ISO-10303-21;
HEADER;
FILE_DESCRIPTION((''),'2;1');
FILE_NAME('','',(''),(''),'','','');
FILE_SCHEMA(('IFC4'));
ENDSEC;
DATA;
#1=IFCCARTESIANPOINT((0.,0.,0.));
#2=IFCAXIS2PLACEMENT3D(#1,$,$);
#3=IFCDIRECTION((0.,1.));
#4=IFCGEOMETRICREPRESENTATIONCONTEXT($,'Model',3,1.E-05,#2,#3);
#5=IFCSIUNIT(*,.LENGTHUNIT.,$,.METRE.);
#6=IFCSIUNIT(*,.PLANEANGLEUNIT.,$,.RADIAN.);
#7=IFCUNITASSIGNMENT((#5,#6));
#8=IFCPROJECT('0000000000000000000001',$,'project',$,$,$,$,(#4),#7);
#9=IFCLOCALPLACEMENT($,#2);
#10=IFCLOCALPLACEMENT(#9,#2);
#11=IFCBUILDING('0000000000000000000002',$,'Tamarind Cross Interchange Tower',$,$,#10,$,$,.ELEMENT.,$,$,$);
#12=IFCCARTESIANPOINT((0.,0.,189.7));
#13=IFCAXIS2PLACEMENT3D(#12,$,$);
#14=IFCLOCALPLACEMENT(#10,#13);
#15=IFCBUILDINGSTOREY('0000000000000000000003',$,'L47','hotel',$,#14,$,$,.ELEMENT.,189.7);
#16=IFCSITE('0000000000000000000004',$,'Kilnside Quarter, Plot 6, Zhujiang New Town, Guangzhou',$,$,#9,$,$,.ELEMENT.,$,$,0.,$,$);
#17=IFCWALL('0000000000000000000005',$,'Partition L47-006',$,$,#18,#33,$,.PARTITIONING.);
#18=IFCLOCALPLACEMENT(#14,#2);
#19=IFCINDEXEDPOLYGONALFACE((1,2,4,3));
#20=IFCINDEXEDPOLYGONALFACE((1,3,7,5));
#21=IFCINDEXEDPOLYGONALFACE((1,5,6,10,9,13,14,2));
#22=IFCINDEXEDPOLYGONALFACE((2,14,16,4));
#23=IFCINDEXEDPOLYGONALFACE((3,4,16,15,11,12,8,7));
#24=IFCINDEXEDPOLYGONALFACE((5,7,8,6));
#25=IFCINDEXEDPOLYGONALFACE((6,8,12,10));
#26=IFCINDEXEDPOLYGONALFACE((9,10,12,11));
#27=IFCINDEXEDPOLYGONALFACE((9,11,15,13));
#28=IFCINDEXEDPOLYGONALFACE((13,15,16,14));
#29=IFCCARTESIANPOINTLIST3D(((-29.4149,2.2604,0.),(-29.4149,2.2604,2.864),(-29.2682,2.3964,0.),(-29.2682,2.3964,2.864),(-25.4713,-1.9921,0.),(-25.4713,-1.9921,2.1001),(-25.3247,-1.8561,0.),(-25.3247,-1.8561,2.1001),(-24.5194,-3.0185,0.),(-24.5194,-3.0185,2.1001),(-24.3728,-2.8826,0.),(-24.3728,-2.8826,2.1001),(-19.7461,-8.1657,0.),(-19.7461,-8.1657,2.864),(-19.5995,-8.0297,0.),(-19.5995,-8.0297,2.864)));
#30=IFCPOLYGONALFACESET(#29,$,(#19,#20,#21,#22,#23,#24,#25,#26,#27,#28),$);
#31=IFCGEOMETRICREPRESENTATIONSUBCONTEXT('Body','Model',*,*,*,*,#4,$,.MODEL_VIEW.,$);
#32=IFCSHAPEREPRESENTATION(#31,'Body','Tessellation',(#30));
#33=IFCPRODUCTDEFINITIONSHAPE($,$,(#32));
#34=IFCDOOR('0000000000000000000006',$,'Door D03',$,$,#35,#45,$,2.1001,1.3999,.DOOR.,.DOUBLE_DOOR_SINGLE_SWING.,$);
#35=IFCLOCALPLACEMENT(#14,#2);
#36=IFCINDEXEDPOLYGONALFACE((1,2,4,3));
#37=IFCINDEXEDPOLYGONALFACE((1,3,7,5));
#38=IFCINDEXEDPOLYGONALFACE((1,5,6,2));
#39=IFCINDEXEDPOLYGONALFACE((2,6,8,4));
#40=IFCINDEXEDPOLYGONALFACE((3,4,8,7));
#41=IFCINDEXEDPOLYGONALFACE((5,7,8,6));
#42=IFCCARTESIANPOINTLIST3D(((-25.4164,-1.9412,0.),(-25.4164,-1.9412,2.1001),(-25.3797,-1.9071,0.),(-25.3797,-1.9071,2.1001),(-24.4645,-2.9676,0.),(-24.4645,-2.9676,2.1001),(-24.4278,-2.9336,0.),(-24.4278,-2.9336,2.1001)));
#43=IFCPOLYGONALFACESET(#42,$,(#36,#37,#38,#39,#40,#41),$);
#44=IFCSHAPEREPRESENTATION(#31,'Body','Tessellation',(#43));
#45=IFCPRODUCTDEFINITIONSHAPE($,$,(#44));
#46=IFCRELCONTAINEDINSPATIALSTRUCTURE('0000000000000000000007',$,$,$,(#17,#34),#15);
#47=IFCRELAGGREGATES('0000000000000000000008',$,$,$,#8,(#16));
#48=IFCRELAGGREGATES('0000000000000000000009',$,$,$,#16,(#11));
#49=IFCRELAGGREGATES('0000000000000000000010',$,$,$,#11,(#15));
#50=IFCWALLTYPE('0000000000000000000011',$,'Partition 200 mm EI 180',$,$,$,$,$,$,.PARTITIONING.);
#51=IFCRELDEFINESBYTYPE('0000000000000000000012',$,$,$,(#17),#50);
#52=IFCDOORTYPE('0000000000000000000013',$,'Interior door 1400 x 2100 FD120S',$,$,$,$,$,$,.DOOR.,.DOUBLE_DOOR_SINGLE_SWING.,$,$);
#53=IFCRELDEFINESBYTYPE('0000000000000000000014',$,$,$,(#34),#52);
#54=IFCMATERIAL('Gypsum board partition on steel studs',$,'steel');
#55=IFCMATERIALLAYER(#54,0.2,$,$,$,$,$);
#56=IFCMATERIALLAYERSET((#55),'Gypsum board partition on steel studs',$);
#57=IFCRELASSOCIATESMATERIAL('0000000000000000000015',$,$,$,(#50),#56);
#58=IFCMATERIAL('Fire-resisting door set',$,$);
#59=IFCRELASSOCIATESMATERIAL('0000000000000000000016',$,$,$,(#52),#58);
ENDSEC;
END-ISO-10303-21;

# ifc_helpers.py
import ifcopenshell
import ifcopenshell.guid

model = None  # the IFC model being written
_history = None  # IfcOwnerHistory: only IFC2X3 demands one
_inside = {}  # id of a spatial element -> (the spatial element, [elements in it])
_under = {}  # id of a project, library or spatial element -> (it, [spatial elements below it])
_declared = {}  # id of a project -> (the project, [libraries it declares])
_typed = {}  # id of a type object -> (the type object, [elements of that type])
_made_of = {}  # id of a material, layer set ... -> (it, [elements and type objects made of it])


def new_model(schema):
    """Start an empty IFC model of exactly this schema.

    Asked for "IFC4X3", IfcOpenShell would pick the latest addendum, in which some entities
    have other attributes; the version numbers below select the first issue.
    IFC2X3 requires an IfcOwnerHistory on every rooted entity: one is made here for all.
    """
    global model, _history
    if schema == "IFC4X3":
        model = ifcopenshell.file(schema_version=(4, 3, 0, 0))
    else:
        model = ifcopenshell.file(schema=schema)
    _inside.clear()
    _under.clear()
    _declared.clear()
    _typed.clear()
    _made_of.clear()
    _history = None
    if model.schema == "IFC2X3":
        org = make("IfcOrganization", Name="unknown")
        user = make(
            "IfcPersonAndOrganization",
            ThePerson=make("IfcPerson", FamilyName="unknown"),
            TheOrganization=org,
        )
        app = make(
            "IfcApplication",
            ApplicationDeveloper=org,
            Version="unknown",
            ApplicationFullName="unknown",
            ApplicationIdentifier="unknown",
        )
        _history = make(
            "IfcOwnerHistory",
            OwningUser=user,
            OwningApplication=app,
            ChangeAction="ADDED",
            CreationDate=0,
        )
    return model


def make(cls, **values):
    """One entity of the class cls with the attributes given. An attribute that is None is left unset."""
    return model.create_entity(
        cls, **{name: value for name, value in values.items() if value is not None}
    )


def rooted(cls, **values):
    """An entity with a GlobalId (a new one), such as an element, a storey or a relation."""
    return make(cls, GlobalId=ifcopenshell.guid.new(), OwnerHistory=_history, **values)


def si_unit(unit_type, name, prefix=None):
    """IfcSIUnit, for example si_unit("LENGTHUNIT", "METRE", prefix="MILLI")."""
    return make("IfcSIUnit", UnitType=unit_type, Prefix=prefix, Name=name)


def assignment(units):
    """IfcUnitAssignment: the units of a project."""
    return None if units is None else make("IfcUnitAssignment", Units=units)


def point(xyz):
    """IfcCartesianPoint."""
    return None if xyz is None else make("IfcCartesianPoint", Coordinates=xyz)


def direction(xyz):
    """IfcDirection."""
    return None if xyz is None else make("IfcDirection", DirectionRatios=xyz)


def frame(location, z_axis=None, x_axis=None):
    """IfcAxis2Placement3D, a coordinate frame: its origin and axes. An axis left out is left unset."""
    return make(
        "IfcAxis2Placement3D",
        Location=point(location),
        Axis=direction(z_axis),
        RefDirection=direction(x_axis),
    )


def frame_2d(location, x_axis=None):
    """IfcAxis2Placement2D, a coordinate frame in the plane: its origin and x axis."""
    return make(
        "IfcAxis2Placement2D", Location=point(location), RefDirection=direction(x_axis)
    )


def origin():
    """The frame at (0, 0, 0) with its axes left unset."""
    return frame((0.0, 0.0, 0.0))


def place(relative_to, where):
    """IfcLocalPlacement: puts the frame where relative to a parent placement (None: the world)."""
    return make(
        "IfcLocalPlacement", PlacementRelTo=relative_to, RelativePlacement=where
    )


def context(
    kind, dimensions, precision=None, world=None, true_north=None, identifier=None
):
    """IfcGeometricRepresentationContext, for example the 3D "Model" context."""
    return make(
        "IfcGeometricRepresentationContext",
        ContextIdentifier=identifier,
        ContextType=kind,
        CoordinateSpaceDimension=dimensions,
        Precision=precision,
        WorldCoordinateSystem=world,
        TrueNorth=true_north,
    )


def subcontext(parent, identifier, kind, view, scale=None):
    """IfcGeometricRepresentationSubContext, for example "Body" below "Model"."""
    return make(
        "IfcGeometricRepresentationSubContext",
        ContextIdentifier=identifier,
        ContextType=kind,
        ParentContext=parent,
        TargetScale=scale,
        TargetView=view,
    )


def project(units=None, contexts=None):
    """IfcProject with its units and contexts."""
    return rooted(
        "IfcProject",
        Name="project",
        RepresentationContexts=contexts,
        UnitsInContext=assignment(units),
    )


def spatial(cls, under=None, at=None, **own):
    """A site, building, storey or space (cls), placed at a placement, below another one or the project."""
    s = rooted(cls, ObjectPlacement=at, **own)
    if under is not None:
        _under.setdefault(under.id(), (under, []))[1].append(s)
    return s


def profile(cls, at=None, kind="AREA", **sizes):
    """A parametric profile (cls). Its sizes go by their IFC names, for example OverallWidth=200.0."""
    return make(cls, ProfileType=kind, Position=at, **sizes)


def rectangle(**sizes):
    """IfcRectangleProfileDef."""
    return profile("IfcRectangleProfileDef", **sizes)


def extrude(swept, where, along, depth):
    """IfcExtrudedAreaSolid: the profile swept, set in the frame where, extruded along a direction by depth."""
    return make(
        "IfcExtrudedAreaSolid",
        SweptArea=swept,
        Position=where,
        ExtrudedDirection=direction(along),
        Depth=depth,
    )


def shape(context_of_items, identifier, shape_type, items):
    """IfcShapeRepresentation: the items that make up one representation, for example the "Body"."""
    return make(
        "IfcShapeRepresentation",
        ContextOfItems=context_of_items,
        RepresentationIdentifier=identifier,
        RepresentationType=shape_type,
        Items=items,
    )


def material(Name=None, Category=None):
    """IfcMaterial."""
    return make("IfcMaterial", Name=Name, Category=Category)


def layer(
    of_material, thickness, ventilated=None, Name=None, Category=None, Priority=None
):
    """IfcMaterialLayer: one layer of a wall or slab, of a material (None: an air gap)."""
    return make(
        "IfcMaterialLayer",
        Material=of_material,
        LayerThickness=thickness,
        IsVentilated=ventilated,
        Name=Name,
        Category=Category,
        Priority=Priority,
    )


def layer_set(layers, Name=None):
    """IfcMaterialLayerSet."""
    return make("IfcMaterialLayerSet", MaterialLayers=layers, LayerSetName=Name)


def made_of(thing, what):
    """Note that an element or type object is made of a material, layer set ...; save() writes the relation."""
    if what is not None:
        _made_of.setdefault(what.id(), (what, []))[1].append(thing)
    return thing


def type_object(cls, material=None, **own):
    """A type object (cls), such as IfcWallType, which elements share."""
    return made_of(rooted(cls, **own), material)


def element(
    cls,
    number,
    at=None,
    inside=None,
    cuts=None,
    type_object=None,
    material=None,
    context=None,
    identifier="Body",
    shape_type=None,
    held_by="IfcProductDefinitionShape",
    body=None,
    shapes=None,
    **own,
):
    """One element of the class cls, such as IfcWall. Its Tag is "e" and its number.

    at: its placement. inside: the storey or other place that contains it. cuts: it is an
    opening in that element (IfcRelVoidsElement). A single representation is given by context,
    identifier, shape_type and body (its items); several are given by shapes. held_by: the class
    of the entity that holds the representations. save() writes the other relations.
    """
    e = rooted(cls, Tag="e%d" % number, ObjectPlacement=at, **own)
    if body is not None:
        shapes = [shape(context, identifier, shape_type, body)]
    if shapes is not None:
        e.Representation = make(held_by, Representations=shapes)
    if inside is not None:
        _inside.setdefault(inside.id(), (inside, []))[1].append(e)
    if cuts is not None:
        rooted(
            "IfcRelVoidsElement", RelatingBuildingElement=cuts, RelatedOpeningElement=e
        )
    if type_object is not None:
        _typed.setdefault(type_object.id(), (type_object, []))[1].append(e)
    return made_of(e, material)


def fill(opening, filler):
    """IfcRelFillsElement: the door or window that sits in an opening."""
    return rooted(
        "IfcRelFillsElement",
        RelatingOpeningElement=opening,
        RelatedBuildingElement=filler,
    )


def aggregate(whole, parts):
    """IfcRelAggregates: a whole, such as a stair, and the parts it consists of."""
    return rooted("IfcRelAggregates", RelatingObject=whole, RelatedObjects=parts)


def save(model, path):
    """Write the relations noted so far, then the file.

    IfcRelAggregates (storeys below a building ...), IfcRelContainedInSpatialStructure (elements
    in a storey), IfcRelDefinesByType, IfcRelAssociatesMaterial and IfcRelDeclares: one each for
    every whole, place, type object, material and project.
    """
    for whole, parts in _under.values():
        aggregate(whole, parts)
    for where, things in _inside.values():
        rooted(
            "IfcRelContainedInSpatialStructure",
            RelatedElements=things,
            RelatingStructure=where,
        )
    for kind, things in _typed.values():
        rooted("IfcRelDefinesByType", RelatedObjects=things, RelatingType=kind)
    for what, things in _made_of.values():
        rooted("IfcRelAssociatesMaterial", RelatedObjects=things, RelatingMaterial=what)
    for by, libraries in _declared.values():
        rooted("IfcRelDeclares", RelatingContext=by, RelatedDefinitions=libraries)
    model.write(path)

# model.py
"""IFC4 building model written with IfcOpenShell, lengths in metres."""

from ifc_helpers import new_model, si_unit, direction, frame, frame_2d, origin, place, context, subcontext, project, spatial, rectangle, extrude, material, layer, layer_set, type_object, element, fill, save


model = new_model("IFC4")

# Units and contexts
model_context = context("Model", 3, precision=1e-05, world=origin(), true_north=direction((0.0, 1.0)))
body_context = subcontext(model_context, "Body", "Model", "MODEL_VIEW")
ifc_project = project(units=[si_unit("LENGTHUNIT", "METRE"), si_unit("PLANEANGLEUNIT", "RADIAN")], contexts=[model_context])

# Site, building, storey
site_placement = place(None, origin())
site = spatial("IfcSite", under=ifc_project, at=site_placement, Name="Kilnside Quarter, Plot 6, Zhujiang New Town, Guangzhou", CompositionType="ELEMENT", RefElevation=0.0)
building_placement = place(site_placement, origin())
building = spatial("IfcBuilding", under=site, at=building_placement, Name="Tamarind Cross Interchange Tower", CompositionType="ELEMENT")
storey_placement = place(building_placement, frame((0.0, 0.0, 189.7)))
storey = spatial("IfcBuildingStorey", under=building, at=storey_placement, Name="L47", Description="hotel", CompositionType="ELEMENT", Elevation=189.7)

# Shared definitions
ifc_material_1 = material(Name="Gypsum board partition on steel studs", Category="steel")

# Wall, opening, door
ifc_layer_1 = layer(ifc_material_1, 0.2)
ifc_layer_set_1 = layer_set([ifc_layer_1], Name="Gypsum board partition on steel studs")
wall_type_1 = type_object("IfcWallType", Name="Partition 200 mm EI 180", PredefinedType="PARTITIONING", material=ifc_layer_set_1)
wall_1_placement = place(storey_placement, frame((-29.3416, 2.3284, 0.0), z_axis=(0.0, 0.0, 1.0), x_axis=(0.679975, -0.733235, 0.0)))
wall_1 = element("IfcWall", 1, at=wall_1_placement, inside=storey, type_object=wall_type_1, Name="Partition L47-006", PredefinedType="PARTITIONING", context=body_context, shape_type="SweptSolid", body=[
    extrude(rectangle(XDim=14.2192, YDim=0.2, at=frame_2d((7.1096, 0.0))), origin(), (0.0, 0.0, 1.0), 2.864),
])
opening_1_placement = place(wall_1_placement, frame((5.7996, 0.0, 0.0)))
opening_1 = element("IfcOpeningElement", 2, at=opening_1_placement, cuts=wall_1, PredefinedType="OPENING", context=body_context, shape_type="SweptSolid", body=[
    extrude(rectangle(XDim=1.3999, YDim=2.1001, at=frame_2d((0.7, 1.05))), frame((0.0, 0.1099, 0.0), z_axis=(0.0, -1.0, 0.0), x_axis=(1.0, 0.0, 0.0)), (0.0, 0.0, 1.0), 0.22),
])
ifc_material_2 = material(Name="Fire-resisting door set")
door_type_1 = type_object("IfcDoorType", Name="Interior door 1400 x 2100 FD120S", OperationType="DOUBLE_DOOR_SINGLE_SWING", PredefinedType="DOOR", material=ifc_material_2)
door_1_placement = place(opening_1_placement, origin())
door_1 = element("IfcDoor", 3, at=door_1_placement, inside=storey, type_object=door_type_1, Name="Door D03", OperationType="DOUBLE_DOOR_SINGLE_SWING", OverallHeight=2.1001, OverallWidth=1.3999, PredefinedType="DOOR", context=body_context, shape_type="SweptSolid", body=[
    extrude(rectangle(XDim=1.3999, YDim=2.1001, at=frame_2d((0.7, 1.05))), frame((0.0, 0.0249, 0.0), z_axis=(0.0, -1.0, 0.0), x_axis=(1.0, 0.0, 0.0)), (0.0, 0.0, 1.0), 0.05),
])
fill(opening_1, door_1)

save(model, "model.ifc")
